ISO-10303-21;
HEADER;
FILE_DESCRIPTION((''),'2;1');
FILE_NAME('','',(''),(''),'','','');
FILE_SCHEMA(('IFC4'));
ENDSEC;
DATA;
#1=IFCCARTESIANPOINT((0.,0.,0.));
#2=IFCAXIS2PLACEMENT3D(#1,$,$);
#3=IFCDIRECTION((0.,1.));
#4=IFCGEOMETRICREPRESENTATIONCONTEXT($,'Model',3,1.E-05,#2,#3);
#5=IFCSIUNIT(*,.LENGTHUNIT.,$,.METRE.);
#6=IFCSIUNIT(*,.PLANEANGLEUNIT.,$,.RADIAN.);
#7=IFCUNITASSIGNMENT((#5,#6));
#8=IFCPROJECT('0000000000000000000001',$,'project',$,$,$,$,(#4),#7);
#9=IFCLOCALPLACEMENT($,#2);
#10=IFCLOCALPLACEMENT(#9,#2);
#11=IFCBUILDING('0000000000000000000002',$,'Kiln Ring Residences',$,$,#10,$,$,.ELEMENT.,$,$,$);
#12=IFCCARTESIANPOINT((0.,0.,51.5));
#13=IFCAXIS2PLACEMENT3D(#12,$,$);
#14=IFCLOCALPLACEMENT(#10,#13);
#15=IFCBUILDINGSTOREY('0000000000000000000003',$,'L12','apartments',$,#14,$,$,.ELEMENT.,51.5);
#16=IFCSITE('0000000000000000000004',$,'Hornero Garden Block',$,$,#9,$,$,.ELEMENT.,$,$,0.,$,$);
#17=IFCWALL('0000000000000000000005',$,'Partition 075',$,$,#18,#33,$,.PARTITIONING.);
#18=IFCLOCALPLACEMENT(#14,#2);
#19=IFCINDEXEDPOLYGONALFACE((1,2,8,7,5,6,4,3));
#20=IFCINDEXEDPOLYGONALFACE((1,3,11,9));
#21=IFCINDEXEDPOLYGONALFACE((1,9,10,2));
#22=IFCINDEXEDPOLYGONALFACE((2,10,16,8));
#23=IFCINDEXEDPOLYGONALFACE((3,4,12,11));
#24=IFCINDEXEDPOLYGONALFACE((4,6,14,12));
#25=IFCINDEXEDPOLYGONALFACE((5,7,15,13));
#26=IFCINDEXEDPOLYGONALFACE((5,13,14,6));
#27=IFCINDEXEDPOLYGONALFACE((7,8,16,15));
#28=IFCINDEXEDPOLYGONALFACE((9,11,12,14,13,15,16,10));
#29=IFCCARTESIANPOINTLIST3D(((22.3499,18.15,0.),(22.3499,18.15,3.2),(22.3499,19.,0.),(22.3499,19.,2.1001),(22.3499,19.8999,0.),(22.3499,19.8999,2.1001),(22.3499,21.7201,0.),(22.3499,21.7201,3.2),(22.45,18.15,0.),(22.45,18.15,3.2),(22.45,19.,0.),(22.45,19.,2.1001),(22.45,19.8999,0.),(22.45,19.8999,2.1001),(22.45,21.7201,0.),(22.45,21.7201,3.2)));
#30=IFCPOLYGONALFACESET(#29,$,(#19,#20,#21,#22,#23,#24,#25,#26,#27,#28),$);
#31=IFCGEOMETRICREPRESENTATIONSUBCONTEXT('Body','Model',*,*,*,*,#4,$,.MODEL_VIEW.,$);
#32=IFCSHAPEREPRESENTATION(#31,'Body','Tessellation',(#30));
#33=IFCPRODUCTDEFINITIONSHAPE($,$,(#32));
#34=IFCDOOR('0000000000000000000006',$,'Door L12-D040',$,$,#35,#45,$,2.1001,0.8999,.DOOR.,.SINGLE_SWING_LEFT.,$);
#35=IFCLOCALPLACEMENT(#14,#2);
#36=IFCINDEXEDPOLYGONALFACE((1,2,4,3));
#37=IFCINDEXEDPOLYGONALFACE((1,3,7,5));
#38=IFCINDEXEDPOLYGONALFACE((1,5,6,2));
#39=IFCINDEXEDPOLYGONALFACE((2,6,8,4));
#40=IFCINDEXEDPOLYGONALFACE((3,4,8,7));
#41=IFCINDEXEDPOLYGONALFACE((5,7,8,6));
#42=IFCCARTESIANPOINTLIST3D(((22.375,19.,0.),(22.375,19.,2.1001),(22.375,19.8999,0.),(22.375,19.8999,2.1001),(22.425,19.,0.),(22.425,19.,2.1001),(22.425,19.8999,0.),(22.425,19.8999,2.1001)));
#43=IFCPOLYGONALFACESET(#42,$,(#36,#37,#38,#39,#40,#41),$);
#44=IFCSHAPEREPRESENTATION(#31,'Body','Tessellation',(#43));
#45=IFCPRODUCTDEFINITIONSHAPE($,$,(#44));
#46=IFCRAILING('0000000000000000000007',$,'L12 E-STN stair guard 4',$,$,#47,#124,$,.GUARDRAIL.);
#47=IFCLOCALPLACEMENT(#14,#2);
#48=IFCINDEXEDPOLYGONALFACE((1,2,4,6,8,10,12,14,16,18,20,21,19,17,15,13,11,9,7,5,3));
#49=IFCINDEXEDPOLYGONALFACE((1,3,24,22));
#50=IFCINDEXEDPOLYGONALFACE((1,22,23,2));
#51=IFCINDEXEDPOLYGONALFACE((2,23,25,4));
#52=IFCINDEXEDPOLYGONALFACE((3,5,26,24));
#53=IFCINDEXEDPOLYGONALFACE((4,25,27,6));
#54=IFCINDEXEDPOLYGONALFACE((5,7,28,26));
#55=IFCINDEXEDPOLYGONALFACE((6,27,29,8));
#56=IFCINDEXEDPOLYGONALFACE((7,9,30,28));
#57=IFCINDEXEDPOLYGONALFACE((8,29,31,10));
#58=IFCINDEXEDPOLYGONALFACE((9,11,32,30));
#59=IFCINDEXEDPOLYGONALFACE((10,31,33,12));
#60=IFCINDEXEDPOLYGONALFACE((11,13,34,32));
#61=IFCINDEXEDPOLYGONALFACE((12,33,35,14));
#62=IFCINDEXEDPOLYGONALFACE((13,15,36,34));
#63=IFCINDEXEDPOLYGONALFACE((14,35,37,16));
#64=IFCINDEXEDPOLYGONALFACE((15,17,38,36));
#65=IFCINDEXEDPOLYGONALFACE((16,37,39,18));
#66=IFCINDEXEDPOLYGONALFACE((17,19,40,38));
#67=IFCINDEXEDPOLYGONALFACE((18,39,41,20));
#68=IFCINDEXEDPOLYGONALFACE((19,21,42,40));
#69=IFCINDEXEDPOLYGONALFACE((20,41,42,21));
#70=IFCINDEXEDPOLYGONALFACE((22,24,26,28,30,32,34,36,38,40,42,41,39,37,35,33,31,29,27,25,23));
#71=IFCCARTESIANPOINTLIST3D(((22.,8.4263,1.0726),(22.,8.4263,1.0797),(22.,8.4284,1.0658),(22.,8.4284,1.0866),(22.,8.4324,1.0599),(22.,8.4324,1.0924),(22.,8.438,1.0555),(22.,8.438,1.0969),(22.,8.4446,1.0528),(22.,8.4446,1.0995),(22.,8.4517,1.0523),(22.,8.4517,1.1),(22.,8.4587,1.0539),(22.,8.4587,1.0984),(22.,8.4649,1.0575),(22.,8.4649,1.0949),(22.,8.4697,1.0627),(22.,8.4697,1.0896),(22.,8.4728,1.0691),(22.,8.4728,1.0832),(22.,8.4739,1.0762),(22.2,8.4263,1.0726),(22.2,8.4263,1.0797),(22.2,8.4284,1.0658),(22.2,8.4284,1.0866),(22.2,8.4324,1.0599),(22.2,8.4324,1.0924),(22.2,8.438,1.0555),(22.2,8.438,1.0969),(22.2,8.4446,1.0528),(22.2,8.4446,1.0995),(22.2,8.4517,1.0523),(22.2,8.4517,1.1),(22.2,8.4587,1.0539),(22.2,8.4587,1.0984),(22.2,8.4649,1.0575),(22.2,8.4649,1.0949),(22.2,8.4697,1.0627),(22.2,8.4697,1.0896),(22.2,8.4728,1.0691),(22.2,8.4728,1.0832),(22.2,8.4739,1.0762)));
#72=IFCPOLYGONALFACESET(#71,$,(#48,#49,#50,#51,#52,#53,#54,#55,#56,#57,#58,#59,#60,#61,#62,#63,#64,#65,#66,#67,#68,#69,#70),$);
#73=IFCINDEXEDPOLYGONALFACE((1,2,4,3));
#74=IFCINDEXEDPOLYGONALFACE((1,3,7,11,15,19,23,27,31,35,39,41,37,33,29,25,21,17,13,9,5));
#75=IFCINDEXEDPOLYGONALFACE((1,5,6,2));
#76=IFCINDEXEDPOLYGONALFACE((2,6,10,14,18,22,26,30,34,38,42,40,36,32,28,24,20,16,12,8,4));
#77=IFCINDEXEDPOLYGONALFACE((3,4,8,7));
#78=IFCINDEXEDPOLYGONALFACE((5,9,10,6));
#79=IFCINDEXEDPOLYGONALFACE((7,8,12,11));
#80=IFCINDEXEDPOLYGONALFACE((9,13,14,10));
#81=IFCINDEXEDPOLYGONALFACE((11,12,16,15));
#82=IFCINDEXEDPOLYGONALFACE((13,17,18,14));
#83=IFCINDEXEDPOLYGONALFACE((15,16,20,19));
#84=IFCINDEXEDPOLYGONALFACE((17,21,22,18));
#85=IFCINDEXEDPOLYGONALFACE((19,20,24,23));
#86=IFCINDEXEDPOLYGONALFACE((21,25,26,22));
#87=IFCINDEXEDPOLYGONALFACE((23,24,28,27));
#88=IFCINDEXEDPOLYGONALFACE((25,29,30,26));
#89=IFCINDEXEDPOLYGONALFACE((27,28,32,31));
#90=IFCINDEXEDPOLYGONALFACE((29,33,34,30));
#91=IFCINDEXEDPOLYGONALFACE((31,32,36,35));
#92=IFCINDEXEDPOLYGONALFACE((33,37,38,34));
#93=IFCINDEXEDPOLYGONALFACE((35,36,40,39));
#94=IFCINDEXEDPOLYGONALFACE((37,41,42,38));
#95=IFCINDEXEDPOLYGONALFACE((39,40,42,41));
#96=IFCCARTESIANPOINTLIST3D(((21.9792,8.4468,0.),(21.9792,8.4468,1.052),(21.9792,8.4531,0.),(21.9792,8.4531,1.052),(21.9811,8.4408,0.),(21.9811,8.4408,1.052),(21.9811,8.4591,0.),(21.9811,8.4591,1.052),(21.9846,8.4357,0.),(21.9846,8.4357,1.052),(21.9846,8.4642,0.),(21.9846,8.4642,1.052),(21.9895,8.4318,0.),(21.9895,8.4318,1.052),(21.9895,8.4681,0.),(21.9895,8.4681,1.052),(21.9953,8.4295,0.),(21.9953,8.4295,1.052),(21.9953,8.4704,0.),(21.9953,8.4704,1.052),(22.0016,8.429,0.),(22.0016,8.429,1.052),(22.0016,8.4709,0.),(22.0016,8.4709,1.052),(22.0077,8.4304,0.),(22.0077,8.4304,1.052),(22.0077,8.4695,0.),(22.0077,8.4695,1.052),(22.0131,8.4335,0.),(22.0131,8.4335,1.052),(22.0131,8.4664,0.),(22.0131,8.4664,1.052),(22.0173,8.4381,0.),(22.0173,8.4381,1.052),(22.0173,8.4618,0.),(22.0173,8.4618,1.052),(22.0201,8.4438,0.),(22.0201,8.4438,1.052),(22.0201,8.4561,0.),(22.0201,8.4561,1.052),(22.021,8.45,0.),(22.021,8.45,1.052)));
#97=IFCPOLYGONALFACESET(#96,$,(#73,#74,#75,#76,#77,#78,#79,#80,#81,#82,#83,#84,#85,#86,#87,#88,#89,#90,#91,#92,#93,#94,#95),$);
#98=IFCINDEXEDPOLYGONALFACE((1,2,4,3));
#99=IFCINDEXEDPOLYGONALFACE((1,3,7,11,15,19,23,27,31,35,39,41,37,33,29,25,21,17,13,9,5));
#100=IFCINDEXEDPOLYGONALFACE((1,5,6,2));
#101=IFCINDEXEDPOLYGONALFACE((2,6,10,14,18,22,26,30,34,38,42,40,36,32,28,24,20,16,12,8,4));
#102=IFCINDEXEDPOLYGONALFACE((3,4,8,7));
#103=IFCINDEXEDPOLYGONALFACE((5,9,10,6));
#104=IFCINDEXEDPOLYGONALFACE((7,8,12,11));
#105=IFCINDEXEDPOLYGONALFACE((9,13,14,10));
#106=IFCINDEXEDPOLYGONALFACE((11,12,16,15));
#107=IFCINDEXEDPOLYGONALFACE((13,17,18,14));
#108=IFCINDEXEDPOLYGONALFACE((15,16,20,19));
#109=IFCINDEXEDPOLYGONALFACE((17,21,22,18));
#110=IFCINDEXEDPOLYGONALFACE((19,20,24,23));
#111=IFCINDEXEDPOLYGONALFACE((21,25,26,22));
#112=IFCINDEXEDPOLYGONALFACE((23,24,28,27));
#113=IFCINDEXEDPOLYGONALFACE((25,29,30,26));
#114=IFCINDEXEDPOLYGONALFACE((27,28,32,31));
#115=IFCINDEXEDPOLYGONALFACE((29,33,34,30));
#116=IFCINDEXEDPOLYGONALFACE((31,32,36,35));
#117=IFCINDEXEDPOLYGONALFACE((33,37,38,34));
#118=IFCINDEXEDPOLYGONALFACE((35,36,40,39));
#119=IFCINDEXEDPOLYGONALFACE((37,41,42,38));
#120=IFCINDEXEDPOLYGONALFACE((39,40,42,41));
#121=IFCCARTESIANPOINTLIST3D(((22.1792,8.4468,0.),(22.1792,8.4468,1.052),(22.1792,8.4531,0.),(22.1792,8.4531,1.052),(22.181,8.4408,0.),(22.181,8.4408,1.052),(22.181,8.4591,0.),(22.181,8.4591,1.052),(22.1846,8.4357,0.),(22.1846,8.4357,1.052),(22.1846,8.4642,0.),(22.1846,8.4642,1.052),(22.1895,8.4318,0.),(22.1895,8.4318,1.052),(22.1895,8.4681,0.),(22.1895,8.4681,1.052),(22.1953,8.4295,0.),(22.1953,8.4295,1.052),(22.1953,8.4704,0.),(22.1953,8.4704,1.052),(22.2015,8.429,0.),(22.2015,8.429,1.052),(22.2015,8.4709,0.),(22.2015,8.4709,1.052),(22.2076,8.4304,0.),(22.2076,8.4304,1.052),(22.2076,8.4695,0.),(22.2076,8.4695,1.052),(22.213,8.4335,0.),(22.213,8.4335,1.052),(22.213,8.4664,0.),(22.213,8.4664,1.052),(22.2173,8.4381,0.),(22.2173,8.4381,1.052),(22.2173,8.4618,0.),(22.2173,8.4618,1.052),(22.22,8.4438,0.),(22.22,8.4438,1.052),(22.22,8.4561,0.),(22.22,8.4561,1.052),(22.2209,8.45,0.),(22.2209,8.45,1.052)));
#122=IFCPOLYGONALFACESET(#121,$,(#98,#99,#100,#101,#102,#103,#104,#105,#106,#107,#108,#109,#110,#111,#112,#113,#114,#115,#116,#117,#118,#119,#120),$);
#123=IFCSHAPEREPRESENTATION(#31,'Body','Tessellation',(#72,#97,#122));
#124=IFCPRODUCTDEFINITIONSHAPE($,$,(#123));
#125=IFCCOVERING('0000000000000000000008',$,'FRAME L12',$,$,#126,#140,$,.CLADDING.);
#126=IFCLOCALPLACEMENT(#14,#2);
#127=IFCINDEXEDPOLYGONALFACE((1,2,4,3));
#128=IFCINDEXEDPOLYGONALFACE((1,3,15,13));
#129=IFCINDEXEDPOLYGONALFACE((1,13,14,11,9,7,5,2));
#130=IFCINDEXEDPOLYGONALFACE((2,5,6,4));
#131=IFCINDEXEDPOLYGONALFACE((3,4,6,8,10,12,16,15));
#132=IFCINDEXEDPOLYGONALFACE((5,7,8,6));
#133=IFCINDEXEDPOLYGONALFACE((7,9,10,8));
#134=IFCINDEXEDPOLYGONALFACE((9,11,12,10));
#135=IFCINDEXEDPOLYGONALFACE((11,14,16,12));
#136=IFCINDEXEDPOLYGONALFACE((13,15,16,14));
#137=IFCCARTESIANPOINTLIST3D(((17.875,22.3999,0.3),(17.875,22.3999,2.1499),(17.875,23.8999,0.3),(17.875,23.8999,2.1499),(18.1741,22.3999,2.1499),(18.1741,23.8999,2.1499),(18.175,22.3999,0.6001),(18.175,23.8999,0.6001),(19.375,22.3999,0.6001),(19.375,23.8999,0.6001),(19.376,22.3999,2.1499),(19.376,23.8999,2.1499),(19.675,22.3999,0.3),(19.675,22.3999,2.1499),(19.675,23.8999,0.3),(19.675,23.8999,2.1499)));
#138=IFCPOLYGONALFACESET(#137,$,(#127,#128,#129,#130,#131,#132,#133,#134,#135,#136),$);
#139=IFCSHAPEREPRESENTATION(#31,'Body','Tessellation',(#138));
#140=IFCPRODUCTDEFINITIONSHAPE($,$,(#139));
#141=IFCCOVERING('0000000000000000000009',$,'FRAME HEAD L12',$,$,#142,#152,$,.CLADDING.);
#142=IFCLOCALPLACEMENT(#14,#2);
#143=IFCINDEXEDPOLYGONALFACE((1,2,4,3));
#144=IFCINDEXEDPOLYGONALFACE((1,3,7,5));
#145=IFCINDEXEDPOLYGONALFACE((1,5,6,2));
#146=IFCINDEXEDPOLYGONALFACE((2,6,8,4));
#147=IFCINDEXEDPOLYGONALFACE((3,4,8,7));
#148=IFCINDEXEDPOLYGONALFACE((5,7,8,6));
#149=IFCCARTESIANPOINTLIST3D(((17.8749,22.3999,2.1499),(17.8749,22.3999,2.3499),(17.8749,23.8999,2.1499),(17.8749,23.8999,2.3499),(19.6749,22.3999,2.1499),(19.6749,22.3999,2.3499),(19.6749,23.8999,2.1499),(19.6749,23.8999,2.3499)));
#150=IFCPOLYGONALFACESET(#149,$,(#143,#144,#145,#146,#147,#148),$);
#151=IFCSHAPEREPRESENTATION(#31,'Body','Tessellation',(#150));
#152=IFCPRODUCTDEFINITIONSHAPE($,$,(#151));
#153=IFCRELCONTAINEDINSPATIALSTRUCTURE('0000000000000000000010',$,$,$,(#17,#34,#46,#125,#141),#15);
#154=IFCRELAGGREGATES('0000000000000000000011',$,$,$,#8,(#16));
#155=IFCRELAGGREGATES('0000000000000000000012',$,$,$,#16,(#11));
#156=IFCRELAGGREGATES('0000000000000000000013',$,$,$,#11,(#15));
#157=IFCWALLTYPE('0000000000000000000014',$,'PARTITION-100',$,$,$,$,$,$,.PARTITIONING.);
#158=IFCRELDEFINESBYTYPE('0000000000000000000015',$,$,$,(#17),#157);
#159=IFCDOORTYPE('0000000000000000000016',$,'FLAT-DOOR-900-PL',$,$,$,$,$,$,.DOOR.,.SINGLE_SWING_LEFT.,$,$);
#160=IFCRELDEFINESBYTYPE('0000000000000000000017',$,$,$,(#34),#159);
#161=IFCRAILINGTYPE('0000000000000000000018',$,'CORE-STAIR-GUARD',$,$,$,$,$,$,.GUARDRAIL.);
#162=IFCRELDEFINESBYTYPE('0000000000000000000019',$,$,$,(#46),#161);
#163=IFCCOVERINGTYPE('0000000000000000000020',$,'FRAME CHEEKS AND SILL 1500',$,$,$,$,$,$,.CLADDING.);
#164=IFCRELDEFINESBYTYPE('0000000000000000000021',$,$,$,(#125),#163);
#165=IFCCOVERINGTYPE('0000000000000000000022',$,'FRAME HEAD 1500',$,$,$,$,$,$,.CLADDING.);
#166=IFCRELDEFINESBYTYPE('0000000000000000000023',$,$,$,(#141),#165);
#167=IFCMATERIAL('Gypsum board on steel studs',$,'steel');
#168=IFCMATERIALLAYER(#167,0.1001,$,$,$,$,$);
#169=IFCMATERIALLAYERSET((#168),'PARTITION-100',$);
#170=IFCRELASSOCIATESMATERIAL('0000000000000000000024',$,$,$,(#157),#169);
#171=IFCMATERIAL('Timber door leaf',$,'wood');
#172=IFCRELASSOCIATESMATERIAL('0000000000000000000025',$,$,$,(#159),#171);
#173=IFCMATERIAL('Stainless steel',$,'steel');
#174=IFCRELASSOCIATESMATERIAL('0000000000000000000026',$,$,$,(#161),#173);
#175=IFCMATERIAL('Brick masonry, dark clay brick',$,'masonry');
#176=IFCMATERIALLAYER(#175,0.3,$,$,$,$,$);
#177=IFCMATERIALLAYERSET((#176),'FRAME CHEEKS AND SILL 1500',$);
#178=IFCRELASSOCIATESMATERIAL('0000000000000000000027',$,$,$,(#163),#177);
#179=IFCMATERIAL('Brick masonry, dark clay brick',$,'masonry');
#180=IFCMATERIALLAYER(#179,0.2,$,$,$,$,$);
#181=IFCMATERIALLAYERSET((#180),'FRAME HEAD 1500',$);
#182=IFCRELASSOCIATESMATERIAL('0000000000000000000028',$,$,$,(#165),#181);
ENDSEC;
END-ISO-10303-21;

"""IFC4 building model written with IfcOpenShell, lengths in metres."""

from ifc_helpers import new_model, si_unit, direction, frame, frame_2d, origin, origin_2d, place, context, subcontext, project, spatial, polyline, rectangle, circle, outline, extrude, material, layer, layer_set, type_object, element, fill, save


model = new_model("IFC4")

# Units and contexts
model_context = context("Model", 3, precision=1e-05, world=origin(), true_north=direction((0.0, 1.0)))
body_context = subcontext(model_context, "Body", "Model", "MODEL_VIEW")
ifc_project = project(units=[si_unit("LENGTHUNIT", "METRE"), si_unit("PLANEANGLEUNIT", "RADIAN")], contexts=[model_context])

# Site, building, storey
site_placement = place(None, origin())
site = spatial("IfcSite", under=ifc_project, at=site_placement, Name="Hornero Garden Block", CompositionType="ELEMENT", RefElevation=0.0)
building_placement = place(site_placement, origin())
building = spatial("IfcBuilding", under=site, at=building_placement, Name="Kiln Ring Residences", CompositionType="ELEMENT")
storey_placement = place(building_placement, frame((0.0, 0.0, 51.5)))
storey = spatial("IfcBuildingStorey", under=building, at=storey_placement, Name="L12", Description="apartments", CompositionType="ELEMENT", Elevation=51.5)

# Shared definitions
ifc_material_1 = material(Name="Gypsum board on steel studs", Category="steel")
ifc_layer_1 = layer(ifc_material_1, 0.1001)
ifc_layer_set_1 = layer_set([ifc_layer_1], Name="PARTITION-100")
wall_type_1 = type_object("IfcWallType", Name="PARTITION-100", PredefinedType="PARTITIONING", material=ifc_layer_set_1)

# Wall, opening, door
wall_1_placement = place(storey_placement, frame((22.3999, 18.1499, 0.0), z_axis=(0.0, 0.0, 1.0), x_axis=(0.0, 1.0, 0.0)))
wall_1 = element("IfcWall", 1, at=wall_1_placement, inside=storey, type_object=wall_type_1, Name="Partition 075", PredefinedType="PARTITIONING", context=body_context, shape_type="SweptSolid", body=[
    extrude(rectangle(XDim=3.5701, YDim=0.1001, at=frame_2d((1.7852, 0.0))), origin(), (0.0, 0.0, 1.0), 3.2),
])
opening_1_placement = place(wall_1_placement, frame((0.8501, 0.0, 0.0)))
opening_1 = element("IfcOpeningElement", 2, at=opening_1_placement, cuts=wall_1, PredefinedType="OPENING", context=body_context, shape_type="SweptSolid", body=[
    extrude(rectangle(XDim=0.8999, YDim=2.1001, at=frame_2d((0.45, 1.05))), frame((0.0, 0.0601, 0.0), z_axis=(0.0, -1.0, 0.0), x_axis=(1.0, 0.0, 0.0)), (0.0, 0.0, 1.0), 0.1201),
])
ifc_material_2 = material(Name="Timber door leaf", Category="wood")
door_type_1 = type_object("IfcDoorType", Name="FLAT-DOOR-900-PL", OperationType="SINGLE_SWING_LEFT", PredefinedType="DOOR", material=ifc_material_2)
door_1_placement = place(opening_1_placement, origin())
door_1 = element("IfcDoor", 3, at=door_1_placement, inside=storey, type_object=door_type_1, Name="Door L12-D040", OperationType="SINGLE_SWING_LEFT", OverallHeight=2.1001, OverallWidth=0.8999, PredefinedType="DOOR", context=body_context, shape_type="SweptSolid", body=[
    extrude(rectangle(XDim=0.8999, YDim=2.1001, at=frame_2d((0.45, 1.05))), frame((0.0, 0.0249, 0.0), z_axis=(0.0, -1.0, 0.0), x_axis=(1.0, 0.0, 0.0)), (0.0, 0.0, 1.0), 0.05),
])
fill(opening_1, door_1)

# Railing
ifc_material_3 = material(Name="Stainless steel", Category="steel")
railing_type = type_object("IfcRailingType", Name="CORE-STAIR-GUARD", PredefinedType="GUARDRAIL", material=ifc_material_3)
railing_placement = place(storey_placement, frame((22.0, 8.45, 0.0)))
element("IfcRailing", 4, at=railing_placement, inside=storey, type_object=railing_type, Name="L12 E-STN stair guard 4", PredefinedType="GUARDRAIL", context=body_context, shape_type="SweptSolid", body=[
    extrude(circle(Radius=0.0239, at=origin_2d()), frame((0.0, 0.0, 1.0762), z_axis=(1.0, 0.0, 0.0), x_axis=(0.0, 1.0, 0.0)), (0.0, 0.0, 1.0), 0.2),
    extrude(circle(Radius=0.021, at=origin_2d()), origin(), (0.0, 0.0, 1.0), 1.052),
    extrude(circle(Radius=0.021, at=origin_2d()), frame((0.2, 0.0, 0.0)), (0.0, 0.0, 1.0), 1.052),
])

# Coverings
ifc_material_4 = material(Name="Brick masonry, dark clay brick", Category="masonry")
ifc_layer_2 = layer(ifc_material_4, 0.3)
ifc_layer_set_2 = layer_set([ifc_layer_2], Name="FRAME CHEEKS AND SILL 1500")
covering_type_1 = type_object("IfcCoveringType", Name="FRAME CHEEKS AND SILL 1500", PredefinedType="CLADDING", material=ifc_layer_set_2)
covering_1_placement = place(storey_placement, frame((19.675, 23.1499, 0.3), z_axis=(0.0, 0.0, 1.0), x_axis=(-1.0, 0.0, 0.0)))
element("IfcCovering", 5, at=covering_1_placement, inside=storey, type_object=covering_type_1, Name="FRAME L12", PredefinedType="CLADDING", context=body_context, shape_type="SweptSolid", body=[
    extrude(outline(polyline([(0.0, 0.0), (1.8, 0.0), (1.8, 1.8499), (1.501, 1.8499), (1.5, 0.3), (0.3, 0.3), (0.2991, 1.8499), (0.0, 1.8499), (0.0, 0.0)])), frame((0.0, 0.75, 0.0), z_axis=(0.0, -1.0, 0.0), x_axis=(1.0, 0.0, 0.0)), (0.0, 0.0, 1.0), 1.5),
])
ifc_material_5 = material(Name="Brick masonry, dark clay brick", Category="masonry")
ifc_layer_3 = layer(ifc_material_5, 0.2)
ifc_layer_set_3 = layer_set([ifc_layer_3], Name="FRAME HEAD 1500")
covering_type_2 = type_object("IfcCoveringType", Name="FRAME HEAD 1500", PredefinedType="CLADDING", material=ifc_layer_set_3)
covering_2_placement = place(storey_placement, frame((18.7749, 23.1499, 2.1499), z_axis=(0.0, 0.0, 1.0), x_axis=(-1.0, 0.0, 0.0)))
element("IfcCovering", 6, at=covering_2_placement, inside=storey, type_object=covering_type_2, Name="FRAME HEAD L12", PredefinedType="CLADDING", context=body_context, shape_type="SweptSolid", body=[
    extrude(rectangle(XDim=1.8, YDim=1.5, at=origin_2d()), origin(), (0.0, 0.0, 1.0), 0.2),
])

save(model, "model.ifc")
